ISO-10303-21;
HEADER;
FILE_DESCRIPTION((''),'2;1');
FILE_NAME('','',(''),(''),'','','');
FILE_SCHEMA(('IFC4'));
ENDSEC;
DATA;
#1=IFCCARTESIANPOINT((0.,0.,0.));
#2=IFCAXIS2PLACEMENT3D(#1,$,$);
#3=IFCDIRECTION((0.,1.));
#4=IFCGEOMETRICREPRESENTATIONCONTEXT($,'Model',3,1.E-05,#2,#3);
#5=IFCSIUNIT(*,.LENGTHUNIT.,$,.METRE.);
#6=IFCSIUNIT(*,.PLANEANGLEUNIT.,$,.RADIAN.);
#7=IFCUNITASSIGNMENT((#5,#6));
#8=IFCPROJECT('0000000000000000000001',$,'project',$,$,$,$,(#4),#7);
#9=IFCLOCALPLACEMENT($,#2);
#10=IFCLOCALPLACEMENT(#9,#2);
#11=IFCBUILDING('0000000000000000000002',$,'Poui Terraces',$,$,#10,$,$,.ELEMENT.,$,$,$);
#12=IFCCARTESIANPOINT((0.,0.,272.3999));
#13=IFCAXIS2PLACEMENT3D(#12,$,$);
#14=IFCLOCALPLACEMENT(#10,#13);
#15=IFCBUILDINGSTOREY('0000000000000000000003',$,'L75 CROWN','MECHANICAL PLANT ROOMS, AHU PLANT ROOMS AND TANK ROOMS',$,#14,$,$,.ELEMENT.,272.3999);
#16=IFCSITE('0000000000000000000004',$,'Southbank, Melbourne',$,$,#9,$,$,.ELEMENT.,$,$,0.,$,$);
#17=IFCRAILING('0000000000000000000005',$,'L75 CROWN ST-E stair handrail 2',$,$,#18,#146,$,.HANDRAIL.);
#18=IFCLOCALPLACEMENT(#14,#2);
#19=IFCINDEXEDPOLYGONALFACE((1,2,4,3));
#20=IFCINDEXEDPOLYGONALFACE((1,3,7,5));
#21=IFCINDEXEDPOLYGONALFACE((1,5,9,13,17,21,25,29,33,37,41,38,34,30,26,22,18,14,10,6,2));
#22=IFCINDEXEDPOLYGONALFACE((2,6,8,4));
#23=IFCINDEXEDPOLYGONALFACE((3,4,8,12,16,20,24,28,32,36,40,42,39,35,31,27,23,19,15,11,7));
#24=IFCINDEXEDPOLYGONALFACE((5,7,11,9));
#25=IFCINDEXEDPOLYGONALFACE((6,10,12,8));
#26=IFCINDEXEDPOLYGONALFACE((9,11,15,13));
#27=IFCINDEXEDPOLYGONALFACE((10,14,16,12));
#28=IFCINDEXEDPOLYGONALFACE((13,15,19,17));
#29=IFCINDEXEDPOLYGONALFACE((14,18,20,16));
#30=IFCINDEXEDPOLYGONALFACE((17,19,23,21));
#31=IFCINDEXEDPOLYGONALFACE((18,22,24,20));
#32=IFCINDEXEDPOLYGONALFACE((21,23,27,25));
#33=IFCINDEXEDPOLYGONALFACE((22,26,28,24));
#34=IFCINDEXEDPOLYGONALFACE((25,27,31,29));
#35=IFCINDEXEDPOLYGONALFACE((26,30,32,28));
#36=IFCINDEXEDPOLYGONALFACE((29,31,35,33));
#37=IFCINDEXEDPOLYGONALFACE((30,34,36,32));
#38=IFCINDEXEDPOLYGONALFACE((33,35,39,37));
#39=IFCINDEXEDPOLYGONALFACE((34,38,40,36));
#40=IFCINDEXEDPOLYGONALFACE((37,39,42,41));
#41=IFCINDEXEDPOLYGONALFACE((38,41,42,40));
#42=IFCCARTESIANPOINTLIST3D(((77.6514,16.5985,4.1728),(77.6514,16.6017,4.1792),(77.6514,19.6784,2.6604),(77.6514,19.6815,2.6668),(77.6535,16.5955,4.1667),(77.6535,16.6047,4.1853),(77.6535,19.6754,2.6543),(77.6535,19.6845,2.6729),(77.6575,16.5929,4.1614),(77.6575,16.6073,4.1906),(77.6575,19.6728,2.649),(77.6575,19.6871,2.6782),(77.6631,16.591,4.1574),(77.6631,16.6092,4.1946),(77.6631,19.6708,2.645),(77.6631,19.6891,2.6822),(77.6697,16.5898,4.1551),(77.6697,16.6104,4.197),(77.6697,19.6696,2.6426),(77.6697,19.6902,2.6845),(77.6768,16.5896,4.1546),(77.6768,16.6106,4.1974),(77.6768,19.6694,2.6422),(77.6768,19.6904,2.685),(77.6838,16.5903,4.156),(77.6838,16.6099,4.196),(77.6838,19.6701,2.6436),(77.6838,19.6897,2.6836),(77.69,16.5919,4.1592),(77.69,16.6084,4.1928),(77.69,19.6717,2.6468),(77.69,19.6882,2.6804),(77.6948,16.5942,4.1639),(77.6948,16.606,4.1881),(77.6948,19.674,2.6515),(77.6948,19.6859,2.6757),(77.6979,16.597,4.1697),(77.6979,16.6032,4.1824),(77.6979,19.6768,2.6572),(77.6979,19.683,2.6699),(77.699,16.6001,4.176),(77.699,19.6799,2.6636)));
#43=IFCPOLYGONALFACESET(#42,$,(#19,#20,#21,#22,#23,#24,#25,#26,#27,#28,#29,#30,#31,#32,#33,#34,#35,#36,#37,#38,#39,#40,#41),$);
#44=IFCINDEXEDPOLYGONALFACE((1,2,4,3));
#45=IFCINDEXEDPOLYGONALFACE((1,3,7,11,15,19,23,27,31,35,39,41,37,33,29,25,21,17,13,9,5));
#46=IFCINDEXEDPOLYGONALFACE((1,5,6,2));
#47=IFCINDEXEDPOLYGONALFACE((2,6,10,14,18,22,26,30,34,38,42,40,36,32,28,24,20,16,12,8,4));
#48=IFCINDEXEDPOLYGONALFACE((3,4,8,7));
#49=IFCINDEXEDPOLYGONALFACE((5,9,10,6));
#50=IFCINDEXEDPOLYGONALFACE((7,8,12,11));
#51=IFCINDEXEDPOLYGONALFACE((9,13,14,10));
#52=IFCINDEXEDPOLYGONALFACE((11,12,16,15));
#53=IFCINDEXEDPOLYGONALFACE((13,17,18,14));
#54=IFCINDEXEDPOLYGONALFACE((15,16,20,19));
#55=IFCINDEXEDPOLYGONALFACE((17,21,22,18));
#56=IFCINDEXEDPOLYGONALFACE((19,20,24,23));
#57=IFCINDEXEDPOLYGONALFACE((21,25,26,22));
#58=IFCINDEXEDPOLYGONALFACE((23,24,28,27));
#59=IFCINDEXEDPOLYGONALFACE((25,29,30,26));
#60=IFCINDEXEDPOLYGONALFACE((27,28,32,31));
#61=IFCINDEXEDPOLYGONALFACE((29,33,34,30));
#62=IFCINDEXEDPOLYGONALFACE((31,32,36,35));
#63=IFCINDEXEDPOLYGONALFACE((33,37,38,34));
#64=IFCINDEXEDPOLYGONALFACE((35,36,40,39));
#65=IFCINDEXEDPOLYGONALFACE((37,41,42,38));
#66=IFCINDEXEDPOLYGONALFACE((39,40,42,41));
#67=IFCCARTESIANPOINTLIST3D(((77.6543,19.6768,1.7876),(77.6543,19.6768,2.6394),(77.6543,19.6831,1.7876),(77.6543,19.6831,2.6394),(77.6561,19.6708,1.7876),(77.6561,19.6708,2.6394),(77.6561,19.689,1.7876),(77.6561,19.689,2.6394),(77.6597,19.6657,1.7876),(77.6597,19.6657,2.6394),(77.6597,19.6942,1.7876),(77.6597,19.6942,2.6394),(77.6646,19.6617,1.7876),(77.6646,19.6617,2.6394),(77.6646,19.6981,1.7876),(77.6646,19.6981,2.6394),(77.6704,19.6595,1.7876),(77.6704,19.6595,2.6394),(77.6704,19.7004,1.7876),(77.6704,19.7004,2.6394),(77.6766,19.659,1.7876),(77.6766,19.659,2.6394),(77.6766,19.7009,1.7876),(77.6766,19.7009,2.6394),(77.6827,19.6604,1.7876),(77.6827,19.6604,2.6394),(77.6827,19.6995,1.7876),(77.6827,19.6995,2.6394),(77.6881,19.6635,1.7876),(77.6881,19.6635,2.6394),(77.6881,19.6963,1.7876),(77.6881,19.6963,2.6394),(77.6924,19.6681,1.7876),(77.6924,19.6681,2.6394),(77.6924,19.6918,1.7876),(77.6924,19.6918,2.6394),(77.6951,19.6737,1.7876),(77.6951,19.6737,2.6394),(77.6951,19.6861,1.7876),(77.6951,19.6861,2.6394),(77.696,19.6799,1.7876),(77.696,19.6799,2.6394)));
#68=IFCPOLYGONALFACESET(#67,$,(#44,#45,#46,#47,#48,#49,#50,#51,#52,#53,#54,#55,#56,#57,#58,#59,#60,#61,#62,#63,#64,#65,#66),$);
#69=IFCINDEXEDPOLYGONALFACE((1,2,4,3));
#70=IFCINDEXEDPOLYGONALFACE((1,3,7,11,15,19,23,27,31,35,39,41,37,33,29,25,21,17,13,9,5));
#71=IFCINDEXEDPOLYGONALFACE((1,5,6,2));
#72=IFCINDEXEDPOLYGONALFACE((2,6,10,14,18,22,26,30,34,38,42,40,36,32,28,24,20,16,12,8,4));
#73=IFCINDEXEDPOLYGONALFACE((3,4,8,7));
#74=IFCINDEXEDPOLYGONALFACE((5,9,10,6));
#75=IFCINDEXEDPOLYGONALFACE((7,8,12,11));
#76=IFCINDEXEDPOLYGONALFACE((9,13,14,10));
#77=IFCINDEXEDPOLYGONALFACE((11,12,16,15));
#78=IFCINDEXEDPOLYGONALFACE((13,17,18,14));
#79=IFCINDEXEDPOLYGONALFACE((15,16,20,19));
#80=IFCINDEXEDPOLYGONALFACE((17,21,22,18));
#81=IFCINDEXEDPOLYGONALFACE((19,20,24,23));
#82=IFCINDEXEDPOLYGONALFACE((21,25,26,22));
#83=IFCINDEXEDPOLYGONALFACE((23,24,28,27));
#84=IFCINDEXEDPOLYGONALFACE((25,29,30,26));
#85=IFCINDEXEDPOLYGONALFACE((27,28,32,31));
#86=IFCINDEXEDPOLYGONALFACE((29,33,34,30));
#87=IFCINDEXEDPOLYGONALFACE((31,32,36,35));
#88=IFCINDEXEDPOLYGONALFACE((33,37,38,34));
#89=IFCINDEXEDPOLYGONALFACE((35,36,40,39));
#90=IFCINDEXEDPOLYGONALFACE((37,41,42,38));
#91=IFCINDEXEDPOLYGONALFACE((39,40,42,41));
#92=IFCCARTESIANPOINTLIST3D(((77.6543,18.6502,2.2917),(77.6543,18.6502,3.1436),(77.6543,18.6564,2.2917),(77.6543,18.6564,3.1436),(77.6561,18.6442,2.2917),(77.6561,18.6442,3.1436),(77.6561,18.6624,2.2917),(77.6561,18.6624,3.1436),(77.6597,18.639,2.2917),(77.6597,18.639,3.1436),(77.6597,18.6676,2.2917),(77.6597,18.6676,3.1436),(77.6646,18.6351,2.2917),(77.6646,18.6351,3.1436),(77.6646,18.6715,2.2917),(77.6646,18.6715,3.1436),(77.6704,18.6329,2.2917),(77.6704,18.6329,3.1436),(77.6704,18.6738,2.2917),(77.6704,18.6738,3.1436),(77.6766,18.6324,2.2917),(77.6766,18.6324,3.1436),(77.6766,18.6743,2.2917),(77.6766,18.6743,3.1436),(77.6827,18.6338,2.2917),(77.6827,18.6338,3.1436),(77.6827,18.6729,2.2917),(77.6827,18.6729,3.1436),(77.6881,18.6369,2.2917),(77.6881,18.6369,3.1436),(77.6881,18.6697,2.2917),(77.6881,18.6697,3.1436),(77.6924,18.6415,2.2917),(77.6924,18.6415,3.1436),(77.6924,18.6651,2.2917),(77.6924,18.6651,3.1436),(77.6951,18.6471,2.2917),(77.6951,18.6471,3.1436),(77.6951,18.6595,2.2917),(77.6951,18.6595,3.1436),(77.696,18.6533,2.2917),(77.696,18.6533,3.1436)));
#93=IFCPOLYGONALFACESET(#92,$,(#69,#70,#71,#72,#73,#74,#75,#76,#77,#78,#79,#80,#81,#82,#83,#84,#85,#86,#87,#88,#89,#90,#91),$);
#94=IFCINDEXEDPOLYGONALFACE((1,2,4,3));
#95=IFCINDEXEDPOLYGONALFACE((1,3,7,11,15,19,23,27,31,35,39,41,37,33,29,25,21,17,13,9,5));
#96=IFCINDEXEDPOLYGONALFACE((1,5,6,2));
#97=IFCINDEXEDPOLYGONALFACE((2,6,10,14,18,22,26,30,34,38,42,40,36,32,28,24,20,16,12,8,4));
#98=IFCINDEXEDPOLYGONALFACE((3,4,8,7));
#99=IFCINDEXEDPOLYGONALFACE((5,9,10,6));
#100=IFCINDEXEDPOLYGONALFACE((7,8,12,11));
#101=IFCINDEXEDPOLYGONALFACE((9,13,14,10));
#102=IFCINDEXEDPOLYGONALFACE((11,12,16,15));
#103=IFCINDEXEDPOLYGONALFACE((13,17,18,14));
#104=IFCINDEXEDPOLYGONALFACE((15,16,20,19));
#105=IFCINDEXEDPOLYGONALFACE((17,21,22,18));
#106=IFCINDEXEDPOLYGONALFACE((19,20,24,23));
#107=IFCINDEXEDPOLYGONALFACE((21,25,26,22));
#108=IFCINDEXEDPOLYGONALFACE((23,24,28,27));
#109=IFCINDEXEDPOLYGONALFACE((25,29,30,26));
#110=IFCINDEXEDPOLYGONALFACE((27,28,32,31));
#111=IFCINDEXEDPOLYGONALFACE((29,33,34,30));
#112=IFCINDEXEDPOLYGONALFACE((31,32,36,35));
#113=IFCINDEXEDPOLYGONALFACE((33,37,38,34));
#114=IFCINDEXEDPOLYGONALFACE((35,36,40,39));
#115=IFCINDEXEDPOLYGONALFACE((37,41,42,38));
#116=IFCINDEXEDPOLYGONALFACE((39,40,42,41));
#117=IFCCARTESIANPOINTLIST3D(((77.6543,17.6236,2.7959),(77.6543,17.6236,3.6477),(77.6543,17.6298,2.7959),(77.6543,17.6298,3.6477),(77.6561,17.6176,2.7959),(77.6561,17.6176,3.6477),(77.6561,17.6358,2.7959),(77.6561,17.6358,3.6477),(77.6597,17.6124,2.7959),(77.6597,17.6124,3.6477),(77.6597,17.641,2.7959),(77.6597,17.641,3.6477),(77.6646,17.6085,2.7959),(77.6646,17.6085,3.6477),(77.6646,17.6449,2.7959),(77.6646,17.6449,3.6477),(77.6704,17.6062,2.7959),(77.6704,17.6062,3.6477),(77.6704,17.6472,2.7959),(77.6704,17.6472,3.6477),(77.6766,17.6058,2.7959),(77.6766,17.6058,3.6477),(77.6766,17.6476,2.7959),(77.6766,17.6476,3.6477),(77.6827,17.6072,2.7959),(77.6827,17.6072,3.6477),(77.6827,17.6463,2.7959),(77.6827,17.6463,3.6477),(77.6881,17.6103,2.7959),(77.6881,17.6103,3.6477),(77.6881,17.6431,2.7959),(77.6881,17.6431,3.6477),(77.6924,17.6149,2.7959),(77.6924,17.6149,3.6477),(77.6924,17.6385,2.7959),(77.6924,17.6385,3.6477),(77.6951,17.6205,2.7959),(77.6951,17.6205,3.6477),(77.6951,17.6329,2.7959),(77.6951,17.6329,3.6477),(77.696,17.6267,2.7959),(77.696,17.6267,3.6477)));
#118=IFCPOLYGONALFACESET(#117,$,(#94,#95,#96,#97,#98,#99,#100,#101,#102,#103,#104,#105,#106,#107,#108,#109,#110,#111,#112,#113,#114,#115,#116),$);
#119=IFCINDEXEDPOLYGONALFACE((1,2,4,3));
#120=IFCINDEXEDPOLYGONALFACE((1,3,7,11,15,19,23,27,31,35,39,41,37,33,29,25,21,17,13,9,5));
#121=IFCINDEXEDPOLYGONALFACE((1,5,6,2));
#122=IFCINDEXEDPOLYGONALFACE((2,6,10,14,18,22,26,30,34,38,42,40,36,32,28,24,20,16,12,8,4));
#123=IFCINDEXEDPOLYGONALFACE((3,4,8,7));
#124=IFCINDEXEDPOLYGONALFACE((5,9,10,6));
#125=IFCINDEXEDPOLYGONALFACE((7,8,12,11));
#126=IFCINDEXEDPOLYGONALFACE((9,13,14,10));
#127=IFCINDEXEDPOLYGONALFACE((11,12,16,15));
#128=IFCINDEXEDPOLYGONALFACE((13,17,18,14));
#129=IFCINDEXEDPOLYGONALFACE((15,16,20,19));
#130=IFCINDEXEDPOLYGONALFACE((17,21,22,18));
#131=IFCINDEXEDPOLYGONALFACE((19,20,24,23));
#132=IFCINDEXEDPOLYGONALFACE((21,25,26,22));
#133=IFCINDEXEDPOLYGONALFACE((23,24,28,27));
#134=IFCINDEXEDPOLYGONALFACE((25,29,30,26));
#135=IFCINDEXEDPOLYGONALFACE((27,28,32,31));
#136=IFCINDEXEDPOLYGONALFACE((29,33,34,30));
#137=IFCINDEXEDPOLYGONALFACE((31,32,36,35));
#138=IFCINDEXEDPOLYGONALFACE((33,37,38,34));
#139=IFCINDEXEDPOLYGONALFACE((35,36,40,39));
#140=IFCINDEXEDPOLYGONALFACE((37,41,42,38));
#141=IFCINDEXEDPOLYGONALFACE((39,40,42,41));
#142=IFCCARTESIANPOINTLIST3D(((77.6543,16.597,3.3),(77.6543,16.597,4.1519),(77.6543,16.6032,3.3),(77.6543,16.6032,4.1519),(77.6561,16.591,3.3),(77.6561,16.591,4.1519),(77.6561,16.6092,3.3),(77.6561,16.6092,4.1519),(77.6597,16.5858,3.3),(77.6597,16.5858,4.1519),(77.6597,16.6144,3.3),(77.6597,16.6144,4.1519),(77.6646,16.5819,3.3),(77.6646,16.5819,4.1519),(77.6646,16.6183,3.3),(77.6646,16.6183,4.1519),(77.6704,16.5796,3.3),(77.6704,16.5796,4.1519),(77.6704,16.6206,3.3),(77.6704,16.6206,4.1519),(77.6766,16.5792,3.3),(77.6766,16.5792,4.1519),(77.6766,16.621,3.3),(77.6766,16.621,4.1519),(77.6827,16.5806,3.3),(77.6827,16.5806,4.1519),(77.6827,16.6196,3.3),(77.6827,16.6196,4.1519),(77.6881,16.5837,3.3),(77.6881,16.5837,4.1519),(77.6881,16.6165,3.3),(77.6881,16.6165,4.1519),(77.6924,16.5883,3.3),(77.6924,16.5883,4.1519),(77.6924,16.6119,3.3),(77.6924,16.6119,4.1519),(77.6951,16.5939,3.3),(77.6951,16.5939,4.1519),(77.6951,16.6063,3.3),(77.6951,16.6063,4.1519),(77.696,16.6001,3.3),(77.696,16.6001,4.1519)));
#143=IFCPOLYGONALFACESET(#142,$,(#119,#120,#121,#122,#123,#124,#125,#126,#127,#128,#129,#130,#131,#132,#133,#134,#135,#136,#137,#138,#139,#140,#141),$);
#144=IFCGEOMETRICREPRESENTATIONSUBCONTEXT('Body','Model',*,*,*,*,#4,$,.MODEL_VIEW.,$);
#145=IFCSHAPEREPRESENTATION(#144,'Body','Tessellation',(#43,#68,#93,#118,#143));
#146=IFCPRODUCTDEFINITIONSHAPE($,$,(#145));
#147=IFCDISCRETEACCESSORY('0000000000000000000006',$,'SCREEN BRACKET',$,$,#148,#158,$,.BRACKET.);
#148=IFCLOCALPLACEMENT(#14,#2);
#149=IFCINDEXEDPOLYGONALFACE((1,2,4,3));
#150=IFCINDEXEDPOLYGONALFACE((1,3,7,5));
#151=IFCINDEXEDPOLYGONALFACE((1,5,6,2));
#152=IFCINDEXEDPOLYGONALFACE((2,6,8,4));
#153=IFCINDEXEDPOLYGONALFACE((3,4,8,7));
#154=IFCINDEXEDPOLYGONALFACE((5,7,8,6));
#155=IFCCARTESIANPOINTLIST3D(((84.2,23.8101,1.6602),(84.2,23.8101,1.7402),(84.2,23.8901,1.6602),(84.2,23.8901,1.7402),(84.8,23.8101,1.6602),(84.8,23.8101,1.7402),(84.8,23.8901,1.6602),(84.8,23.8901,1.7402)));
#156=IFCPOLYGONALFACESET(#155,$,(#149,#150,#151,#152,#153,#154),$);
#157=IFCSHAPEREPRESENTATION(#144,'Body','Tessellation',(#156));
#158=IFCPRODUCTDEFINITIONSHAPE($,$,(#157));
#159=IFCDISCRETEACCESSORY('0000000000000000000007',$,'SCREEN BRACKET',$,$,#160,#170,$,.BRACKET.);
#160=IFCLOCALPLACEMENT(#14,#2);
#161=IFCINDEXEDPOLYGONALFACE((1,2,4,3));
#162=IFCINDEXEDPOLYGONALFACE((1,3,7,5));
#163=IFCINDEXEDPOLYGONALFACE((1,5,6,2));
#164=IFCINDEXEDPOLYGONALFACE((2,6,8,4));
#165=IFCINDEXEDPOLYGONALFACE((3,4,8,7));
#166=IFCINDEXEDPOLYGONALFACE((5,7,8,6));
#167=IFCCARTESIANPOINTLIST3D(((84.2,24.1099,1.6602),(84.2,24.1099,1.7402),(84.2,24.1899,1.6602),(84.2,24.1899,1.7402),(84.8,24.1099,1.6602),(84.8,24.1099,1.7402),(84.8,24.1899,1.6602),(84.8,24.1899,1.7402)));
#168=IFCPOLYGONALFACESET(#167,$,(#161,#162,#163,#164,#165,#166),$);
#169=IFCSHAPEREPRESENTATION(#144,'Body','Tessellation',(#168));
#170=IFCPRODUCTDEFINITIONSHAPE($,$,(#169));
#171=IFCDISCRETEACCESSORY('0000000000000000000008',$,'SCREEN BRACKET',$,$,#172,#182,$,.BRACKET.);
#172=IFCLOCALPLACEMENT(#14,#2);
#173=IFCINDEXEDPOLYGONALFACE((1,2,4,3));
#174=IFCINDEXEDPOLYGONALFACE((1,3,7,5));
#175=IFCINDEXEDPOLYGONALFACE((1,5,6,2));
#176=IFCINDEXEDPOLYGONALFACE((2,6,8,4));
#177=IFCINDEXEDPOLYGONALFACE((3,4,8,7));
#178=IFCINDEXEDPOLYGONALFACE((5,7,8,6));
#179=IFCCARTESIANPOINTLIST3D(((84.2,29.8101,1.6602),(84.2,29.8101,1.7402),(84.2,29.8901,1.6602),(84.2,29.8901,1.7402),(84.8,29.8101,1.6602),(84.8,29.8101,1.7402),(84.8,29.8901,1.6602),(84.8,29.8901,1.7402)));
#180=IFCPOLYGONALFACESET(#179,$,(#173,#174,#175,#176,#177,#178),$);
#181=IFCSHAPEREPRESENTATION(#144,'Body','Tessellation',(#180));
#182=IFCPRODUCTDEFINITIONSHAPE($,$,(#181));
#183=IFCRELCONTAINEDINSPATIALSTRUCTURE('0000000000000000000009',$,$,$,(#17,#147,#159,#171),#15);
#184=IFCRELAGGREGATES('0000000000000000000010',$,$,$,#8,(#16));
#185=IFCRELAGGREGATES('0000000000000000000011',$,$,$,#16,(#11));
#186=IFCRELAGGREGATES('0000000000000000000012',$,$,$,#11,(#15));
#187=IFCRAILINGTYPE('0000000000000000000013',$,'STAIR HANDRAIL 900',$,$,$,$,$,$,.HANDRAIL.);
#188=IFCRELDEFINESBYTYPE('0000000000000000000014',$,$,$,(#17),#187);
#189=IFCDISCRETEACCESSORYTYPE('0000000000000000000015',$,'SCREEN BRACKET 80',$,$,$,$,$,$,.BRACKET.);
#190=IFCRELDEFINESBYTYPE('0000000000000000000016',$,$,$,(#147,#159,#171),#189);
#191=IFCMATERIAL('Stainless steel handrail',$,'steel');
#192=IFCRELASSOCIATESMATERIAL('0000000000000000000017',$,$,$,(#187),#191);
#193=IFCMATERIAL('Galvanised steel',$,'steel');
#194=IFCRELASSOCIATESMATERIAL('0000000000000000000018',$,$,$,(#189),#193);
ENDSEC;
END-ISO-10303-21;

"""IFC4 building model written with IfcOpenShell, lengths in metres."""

from ifc_helpers import new_model, si_unit, direction, frame, origin, origin_2d, place, context, subcontext, project, spatial, rectangle, circle, extrude, source, transform, mapped, material, material_profile, profile_set, type_object, element, save


model = new_model("IFC4")

# Units and contexts
model_context = context("Model", 3, precision=1e-05, world=origin(), true_north=direction((0.0, 1.0)))
body_context = subcontext(model_context, "Body", "Model", "MODEL_VIEW")
ifc_project = project(units=[si_unit("LENGTHUNIT", "METRE"), si_unit("PLANEANGLEUNIT", "RADIAN")], contexts=[model_context])

# Site, building, storey
site_placement = place(None, origin())
site = spatial("IfcSite", under=ifc_project, at=site_placement, Name="Southbank, Melbourne", CompositionType="ELEMENT", RefElevation=0.0)
building_placement = place(site_placement, origin())
building = spatial("IfcBuilding", under=site, at=building_placement, Name="Poui Terraces", CompositionType="ELEMENT")
storey_placement = place(building_placement, frame((0.0, 0.0, 272.3999)))
storey = spatial("IfcBuildingStorey", under=building, at=storey_placement, Name="L75 CROWN", Description="MECHANICAL PLANT ROOMS, AHU PLANT ROOMS AND TANK ROOMS", CompositionType="ELEMENT", Elevation=272.3999)

# Railing
ifc_material_1 = material(Name="Stainless steel handrail", Category="steel")
railing_type_1 = type_object("IfcRailingType", Name="STAIR HANDRAIL 900", PredefinedType="HANDRAIL", material=ifc_material_1)
railing_1_placement = place(storey_placement, frame((77.675, 19.6799, 1.7876)))
element("IfcRailing", 1, at=railing_1_placement, inside=storey, type_object=railing_type_1, Name="L75 CROWN ST-E stair handrail 2", PredefinedType="HANDRAIL", context=body_context, shape_type="SweptSolid", body=[
    extrude(circle(Radius=0.0239, at=origin_2d()), frame((0.0, 0.0, 0.876), z_axis=(0.0, -0.897606, 0.440798), x_axis=(1.0, 0.0, 0.0)), (0.0, 0.0, 1.0), 3.4312),
    extrude(circle(Radius=0.021, at=origin_2d()), origin(), (0.0, 0.0, 1.0), 0.8518),
    extrude(circle(Radius=0.021, at=origin_2d()), frame((0.0, -1.0266, 0.5042)), (0.0, 0.0, 1.0), 0.8518),
    extrude(circle(Radius=0.021, at=origin_2d()), frame((0.0, -2.0532, 1.0083)), (0.0, 0.0, 1.0), 0.8518),
    extrude(circle(Radius=0.021, at=origin_2d()), frame((0.0, -3.0798, 1.5125)), (0.0, 0.0, 1.0), 0.8518),
])

# Discrete accessories
ifc_material_2 = material(Name="Galvanised steel", Category="steel")
ifc_material_profile_1 = material_profile(ifc_material_2, rectangle(XDim=0.0801, YDim=0.0801, at=origin_2d()), Name="SCREEN BRACKET 80")
ifc_profile_set_1 = profile_set([ifc_material_profile_1], Name="Galvanised steel")
discrete_accessory_type = type_object("IfcDiscreteAccessoryType", Name="SCREEN BRACKET 80", PredefinedType="BRACKET", material=ifc_profile_set_1)
shared_shape_1 = source(origin(), body_context, "Body", "SweptSolid", [
    extrude(rectangle(XDim=0.0801, YDim=0.0801, at=origin_2d()), origin(), (0.0, 0.0, 1.0), 0.6001),
])
for number, where, z_axis, x_axis, name in (
    (2, (84.2, 23.8501, 1.7002), (1.0, 0.0, 0.0), (0.0, 1.0, 0.0), "SCREEN BRACKET"),
    (3, (84.2, 24.1499, 1.7002), (1.0, 0.0, 0.0), (0.0, 1.0, 0.0), "SCREEN BRACKET"),
    (4, (84.2, 29.8501, 1.7002), (1.0, 0.0, 0.0), (0.0, 1.0, 0.0), "SCREEN BRACKET"),
):
    element("IfcDiscreteAccessory", number, at=place(storey_placement, frame(where, z_axis=z_axis, x_axis=x_axis)), inside=storey, type_object=discrete_accessory_type, Name=name, PredefinedType="BRACKET", context=body_context, shape_type="MappedRepresentation", body=[
        mapped(shared_shape_1, transform((0.0, 0.0, 0.0))),
    ])

save(model, "model.ifc")
